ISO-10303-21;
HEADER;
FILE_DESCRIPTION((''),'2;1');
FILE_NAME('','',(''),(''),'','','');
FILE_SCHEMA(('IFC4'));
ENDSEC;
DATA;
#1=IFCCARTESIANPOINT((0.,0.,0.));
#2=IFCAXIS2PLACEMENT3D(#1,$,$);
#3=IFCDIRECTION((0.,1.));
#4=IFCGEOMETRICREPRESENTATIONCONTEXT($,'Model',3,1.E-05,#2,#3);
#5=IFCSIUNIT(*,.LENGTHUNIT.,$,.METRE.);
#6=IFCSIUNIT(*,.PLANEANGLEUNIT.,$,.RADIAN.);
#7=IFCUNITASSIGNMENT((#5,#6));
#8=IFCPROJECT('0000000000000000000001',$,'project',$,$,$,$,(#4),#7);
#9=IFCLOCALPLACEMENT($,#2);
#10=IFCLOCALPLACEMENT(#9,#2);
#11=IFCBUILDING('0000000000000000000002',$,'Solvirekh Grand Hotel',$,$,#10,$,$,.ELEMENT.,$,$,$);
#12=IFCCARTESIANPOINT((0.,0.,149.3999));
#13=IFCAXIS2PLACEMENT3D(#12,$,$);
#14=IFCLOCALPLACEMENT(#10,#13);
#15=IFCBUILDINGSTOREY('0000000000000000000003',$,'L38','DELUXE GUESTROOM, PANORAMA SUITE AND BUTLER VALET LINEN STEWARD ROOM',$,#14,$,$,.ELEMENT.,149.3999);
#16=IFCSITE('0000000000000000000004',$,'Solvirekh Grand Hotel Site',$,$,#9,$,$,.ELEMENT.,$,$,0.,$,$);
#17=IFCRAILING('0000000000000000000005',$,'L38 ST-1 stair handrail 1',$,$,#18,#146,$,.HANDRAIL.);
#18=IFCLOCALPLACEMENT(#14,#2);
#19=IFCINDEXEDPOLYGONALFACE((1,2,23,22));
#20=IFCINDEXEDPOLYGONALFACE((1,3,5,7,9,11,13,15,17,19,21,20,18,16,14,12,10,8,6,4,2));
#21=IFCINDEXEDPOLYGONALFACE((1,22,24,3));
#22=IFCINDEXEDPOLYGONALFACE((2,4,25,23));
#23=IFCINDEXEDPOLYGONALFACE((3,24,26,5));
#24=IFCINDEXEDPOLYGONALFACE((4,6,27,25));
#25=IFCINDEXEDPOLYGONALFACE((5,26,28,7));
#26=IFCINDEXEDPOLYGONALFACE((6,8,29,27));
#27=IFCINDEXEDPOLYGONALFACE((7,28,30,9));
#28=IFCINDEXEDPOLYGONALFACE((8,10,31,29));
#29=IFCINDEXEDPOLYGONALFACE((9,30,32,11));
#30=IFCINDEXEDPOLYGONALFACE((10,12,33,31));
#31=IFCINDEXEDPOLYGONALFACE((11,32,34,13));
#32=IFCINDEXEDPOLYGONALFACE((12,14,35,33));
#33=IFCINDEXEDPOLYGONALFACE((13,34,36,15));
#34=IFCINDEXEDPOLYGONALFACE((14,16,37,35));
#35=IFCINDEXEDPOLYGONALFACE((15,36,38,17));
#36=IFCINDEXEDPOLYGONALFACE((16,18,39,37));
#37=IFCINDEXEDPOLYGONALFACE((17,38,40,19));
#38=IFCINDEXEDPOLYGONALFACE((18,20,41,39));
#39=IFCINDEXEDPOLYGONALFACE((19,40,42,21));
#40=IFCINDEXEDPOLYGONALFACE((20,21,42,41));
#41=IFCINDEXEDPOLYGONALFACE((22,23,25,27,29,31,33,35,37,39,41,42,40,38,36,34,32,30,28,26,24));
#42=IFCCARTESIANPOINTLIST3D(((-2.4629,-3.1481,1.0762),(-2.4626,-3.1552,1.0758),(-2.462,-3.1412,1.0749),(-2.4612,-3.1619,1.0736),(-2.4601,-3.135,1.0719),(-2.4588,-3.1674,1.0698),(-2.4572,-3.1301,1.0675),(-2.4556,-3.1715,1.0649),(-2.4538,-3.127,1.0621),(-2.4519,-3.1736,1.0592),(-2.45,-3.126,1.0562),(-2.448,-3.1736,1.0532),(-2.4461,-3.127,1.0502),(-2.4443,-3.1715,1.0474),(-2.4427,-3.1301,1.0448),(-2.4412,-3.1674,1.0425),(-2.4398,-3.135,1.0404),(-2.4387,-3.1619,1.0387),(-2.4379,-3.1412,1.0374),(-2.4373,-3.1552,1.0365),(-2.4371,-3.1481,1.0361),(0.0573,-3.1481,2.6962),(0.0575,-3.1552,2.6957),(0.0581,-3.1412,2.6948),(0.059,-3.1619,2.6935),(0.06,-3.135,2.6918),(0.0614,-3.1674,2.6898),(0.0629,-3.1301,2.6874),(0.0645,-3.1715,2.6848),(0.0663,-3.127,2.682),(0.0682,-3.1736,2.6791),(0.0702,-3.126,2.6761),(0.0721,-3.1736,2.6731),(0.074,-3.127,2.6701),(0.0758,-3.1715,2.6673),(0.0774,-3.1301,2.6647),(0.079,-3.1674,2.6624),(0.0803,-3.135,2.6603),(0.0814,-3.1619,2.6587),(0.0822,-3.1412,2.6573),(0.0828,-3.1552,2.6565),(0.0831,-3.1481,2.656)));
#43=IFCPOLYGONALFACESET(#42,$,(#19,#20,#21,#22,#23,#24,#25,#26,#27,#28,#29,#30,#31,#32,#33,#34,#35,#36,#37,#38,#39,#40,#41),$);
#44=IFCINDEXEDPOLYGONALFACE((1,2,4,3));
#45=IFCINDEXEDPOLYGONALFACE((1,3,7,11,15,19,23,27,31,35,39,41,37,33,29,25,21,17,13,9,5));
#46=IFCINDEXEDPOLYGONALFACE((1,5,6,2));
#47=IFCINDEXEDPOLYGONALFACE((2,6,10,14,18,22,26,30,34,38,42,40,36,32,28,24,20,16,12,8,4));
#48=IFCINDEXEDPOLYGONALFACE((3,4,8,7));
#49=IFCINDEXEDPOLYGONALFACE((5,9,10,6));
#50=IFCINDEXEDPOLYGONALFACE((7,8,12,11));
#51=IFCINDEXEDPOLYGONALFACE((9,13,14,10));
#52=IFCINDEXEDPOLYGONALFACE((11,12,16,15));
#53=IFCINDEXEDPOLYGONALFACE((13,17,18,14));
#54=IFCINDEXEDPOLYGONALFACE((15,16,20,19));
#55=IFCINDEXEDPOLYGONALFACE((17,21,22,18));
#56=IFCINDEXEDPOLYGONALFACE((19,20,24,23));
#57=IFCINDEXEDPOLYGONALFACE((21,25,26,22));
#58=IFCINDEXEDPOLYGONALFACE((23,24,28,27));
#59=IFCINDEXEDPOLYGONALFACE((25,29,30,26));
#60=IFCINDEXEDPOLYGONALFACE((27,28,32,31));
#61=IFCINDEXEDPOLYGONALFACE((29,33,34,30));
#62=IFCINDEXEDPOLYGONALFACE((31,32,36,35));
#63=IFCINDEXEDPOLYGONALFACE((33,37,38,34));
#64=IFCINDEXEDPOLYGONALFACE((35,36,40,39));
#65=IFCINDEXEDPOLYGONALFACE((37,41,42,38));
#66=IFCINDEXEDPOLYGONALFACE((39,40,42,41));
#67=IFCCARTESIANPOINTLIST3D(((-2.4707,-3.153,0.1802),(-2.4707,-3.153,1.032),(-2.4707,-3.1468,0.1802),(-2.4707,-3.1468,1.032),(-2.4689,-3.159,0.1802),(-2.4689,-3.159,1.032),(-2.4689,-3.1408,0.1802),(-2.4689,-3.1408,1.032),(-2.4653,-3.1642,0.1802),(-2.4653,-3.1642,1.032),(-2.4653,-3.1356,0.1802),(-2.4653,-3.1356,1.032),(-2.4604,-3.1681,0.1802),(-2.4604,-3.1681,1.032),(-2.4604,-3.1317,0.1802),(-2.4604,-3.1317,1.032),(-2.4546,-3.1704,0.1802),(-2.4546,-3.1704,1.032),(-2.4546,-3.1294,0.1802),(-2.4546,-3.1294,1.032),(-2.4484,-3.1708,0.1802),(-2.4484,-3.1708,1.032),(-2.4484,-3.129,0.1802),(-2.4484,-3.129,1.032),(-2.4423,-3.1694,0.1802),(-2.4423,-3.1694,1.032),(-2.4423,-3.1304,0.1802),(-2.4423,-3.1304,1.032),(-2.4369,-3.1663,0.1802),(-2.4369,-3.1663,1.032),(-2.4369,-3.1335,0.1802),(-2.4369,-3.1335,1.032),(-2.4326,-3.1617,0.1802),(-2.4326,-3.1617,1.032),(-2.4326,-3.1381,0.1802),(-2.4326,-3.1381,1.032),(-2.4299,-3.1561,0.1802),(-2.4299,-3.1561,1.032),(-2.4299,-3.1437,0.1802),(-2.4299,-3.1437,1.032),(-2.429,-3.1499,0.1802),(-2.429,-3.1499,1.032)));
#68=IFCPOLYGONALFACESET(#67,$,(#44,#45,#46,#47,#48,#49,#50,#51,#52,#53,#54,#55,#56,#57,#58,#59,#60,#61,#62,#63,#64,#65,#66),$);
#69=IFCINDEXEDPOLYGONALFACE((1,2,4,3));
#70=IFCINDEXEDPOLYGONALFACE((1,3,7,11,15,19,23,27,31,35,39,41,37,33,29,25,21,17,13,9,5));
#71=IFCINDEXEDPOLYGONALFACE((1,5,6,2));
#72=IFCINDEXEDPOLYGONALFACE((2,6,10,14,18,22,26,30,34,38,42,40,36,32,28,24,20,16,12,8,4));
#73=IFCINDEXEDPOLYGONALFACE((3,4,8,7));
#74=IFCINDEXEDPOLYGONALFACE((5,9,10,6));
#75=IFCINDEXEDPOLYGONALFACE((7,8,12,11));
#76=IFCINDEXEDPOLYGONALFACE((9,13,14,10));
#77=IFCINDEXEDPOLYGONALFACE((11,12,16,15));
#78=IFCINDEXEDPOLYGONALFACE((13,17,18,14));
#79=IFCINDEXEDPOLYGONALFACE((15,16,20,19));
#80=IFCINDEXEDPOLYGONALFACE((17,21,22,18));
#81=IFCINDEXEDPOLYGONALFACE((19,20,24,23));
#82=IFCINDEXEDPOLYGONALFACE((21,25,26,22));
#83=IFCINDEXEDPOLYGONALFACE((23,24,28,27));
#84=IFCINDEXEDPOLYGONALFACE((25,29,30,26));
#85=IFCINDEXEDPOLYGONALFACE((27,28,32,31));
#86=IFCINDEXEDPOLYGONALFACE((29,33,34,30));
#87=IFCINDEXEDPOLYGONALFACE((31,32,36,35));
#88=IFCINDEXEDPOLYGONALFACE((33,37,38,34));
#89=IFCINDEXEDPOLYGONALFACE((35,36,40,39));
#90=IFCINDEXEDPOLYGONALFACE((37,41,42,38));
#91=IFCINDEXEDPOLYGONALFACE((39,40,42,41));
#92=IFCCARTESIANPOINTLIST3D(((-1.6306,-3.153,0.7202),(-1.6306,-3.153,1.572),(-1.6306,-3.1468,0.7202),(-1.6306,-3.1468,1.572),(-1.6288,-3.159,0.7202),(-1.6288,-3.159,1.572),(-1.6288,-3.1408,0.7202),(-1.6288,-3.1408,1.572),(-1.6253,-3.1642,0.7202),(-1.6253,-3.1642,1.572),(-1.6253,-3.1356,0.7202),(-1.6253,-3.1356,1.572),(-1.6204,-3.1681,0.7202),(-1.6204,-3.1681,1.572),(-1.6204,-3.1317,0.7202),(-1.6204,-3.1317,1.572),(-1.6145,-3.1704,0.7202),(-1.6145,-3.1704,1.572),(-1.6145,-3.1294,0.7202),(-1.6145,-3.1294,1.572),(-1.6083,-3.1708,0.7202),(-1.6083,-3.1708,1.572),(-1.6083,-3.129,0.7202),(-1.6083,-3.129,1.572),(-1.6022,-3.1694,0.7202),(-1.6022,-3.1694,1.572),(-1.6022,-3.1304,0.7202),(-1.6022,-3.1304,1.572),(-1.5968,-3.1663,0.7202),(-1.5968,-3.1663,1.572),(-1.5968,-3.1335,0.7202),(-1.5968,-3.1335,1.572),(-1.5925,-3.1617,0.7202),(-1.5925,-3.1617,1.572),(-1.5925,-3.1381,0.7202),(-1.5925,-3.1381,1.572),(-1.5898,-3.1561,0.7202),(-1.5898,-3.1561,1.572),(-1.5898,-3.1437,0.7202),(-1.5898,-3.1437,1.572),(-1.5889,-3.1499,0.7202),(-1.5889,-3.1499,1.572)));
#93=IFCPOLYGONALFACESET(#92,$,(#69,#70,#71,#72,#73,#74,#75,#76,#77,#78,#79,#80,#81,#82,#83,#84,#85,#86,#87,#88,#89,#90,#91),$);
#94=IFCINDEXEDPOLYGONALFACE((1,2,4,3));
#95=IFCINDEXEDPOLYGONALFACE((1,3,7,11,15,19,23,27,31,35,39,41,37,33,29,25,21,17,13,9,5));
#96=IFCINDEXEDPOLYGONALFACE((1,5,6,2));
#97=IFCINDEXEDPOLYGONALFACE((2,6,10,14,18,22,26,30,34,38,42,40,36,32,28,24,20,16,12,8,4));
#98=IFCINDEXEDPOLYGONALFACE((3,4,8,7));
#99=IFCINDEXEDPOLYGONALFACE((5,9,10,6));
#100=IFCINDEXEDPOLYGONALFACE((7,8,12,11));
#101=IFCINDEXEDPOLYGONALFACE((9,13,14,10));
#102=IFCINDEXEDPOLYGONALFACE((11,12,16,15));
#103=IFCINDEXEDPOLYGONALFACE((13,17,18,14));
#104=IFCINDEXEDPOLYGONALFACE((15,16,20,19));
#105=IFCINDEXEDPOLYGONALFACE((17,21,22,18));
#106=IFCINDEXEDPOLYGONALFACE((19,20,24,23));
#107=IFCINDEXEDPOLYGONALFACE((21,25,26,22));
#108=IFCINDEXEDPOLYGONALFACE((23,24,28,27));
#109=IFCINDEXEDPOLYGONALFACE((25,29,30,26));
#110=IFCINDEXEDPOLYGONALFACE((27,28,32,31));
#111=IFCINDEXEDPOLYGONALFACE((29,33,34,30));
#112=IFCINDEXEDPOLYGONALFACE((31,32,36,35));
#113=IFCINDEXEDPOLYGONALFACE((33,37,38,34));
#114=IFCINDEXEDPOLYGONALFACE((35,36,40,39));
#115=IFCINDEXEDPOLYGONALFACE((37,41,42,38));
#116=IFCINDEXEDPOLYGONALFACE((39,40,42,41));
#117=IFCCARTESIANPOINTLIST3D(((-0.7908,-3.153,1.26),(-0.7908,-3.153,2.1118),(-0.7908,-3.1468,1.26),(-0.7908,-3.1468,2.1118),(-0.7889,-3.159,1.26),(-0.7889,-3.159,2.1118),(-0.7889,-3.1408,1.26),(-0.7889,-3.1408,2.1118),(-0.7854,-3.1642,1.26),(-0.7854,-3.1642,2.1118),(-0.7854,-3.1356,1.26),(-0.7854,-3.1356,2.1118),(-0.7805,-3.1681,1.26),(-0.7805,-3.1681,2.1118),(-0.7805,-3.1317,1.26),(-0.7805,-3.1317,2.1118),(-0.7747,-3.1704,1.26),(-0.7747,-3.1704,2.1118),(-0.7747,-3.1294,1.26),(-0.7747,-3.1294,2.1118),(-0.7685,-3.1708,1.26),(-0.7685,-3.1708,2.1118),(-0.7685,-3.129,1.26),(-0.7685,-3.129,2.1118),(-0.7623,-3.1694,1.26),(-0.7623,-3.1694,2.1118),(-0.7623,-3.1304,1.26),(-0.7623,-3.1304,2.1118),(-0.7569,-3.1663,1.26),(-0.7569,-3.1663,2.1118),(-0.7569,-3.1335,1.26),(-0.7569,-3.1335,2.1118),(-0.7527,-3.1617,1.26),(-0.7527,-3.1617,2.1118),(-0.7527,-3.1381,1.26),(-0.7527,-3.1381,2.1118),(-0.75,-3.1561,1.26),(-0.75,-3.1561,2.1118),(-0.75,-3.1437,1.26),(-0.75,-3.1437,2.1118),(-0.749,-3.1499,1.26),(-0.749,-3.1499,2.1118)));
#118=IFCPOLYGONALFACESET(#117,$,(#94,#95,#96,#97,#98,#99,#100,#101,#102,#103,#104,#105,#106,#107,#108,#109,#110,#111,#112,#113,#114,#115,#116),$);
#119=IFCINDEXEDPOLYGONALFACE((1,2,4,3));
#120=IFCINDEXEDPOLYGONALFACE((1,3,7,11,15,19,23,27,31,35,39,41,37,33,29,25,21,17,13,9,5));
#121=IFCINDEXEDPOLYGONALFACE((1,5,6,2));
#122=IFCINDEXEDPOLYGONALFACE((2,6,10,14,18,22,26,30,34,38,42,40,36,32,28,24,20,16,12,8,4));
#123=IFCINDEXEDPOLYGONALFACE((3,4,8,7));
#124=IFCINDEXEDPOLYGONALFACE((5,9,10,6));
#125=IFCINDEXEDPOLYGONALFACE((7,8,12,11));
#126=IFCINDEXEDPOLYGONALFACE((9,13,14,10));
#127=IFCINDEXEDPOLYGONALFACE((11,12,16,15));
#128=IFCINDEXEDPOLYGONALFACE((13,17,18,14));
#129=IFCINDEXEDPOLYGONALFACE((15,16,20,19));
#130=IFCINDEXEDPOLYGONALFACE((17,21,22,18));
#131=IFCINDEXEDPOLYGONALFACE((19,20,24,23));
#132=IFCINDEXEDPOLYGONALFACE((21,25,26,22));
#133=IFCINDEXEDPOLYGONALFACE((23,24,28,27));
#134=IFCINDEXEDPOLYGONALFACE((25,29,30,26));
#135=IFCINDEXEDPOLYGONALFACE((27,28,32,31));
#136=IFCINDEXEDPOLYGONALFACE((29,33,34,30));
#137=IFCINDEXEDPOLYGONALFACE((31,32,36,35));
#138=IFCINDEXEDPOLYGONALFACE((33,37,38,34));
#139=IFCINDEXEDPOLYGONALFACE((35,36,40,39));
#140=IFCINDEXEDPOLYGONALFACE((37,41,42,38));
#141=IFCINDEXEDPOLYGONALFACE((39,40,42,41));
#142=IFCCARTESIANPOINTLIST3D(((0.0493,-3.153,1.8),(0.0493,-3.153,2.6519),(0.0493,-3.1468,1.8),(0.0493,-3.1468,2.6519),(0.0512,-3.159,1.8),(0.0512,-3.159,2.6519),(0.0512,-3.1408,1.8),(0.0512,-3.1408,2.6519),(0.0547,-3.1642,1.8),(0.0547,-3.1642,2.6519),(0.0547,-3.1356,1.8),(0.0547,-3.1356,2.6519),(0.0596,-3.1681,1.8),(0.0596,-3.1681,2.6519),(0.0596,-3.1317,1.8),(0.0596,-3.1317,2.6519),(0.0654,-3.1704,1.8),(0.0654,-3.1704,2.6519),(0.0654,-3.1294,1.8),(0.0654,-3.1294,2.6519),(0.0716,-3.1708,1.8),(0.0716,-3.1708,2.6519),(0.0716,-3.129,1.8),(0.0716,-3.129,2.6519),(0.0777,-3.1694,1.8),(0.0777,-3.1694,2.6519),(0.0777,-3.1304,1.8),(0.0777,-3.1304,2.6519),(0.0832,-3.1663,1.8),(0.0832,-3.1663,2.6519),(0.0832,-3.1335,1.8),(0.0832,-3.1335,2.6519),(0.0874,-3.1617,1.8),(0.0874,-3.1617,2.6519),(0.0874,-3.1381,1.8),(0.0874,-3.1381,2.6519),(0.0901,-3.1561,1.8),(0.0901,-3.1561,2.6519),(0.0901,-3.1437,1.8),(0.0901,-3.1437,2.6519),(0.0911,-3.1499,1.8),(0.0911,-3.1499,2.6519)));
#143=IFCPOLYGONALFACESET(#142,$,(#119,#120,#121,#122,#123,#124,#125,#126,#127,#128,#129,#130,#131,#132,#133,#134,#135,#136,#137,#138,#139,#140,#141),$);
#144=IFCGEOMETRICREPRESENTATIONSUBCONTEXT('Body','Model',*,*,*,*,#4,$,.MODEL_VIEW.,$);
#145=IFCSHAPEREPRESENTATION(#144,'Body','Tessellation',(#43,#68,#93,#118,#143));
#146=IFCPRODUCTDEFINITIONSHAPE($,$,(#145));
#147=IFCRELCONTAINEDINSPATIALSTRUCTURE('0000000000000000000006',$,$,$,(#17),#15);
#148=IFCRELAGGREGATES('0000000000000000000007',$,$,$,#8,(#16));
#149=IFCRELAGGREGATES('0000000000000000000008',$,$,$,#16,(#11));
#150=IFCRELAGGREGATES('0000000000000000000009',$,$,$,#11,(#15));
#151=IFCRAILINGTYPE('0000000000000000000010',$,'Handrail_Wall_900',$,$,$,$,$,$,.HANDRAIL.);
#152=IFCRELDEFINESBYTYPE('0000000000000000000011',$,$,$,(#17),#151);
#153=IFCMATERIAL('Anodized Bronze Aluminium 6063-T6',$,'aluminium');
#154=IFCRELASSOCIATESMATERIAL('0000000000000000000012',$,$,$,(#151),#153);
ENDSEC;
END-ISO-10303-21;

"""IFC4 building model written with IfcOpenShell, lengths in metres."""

from ifc_helpers import new_model, si_unit, direction, frame, origin, origin_2d, place, context, subcontext, project, spatial, circle, extrude, material, type_object, element, save


model = new_model("IFC4")

# Units and contexts
model_context = context("Model", 3, precision=1e-05, world=origin(), true_north=direction((0.0, 1.0)))
body_context = subcontext(model_context, "Body", "Model", "MODEL_VIEW")
ifc_project = project(units=[si_unit("LENGTHUNIT", "METRE"), si_unit("PLANEANGLEUNIT", "RADIAN")], contexts=[model_context])

# Site, building, storey
site_placement = place(None, origin())
site = spatial("IfcSite", under=ifc_project, at=site_placement, Name="Solvirekh Grand Hotel Site", CompositionType="ELEMENT", RefElevation=0.0)
building_placement = place(site_placement, origin())
building = spatial("IfcBuilding", under=site, at=building_placement, Name="Solvirekh Grand Hotel", CompositionType="ELEMENT")
storey_placement = place(building_placement, frame((0.0, 0.0, 149.3999)))
storey = spatial("IfcBuildingStorey", under=building, at=storey_placement, Name="L38", Description="DELUXE GUESTROOM, PANORAMA SUITE AND BUTLER VALET LINEN STEWARD ROOM", CompositionType="ELEMENT", Elevation=149.3999)

# Railing
ifc_material_1 = material(Name="Anodized Bronze Aluminium 6063-T6", Category="aluminium")
railing_type_1 = type_object("IfcRailingType", Name="Handrail_Wall_900", PredefinedType="HANDRAIL", material=ifc_material_1)
railing_1_placement = place(storey_placement, frame((-2.45, -3.1499, 0.1802)))
element("IfcRailing", 1, at=railing_1_placement, inside=storey, type_object=railing_type_1, Name="L38 ST-1 stair handrail 1", PredefinedType="HANDRAIL", context=body_context, shape_type="SweptSolid", body=[
    extrude(circle(Radius=0.0239, at=origin_2d()), frame((0.0, 0.0, 0.876), z_axis=(0.8412, 0.0, 0.540725), x_axis=(0.0, 1.0, 0.0)), (0.0, 0.0, 1.0), 2.9958),
    extrude(circle(Radius=0.021, at=origin_2d()), origin(), (0.0, 0.0, 1.0), 0.8518),
    extrude(circle(Radius=0.021, at=origin_2d()), frame((0.8401, 0.0, 0.54)), (0.0, 0.0, 1.0), 0.8518),
    extrude(circle(Radius=0.021, at=origin_2d()), frame((1.6799, 0.0, 1.0798)), (0.0, 0.0, 1.0), 0.8518),
    extrude(circle(Radius=0.021, at=origin_2d()), frame((2.52, 0.0, 1.6199)), (0.0, 0.0, 1.0), 0.8518),
])

save(model, "model.ifc")
